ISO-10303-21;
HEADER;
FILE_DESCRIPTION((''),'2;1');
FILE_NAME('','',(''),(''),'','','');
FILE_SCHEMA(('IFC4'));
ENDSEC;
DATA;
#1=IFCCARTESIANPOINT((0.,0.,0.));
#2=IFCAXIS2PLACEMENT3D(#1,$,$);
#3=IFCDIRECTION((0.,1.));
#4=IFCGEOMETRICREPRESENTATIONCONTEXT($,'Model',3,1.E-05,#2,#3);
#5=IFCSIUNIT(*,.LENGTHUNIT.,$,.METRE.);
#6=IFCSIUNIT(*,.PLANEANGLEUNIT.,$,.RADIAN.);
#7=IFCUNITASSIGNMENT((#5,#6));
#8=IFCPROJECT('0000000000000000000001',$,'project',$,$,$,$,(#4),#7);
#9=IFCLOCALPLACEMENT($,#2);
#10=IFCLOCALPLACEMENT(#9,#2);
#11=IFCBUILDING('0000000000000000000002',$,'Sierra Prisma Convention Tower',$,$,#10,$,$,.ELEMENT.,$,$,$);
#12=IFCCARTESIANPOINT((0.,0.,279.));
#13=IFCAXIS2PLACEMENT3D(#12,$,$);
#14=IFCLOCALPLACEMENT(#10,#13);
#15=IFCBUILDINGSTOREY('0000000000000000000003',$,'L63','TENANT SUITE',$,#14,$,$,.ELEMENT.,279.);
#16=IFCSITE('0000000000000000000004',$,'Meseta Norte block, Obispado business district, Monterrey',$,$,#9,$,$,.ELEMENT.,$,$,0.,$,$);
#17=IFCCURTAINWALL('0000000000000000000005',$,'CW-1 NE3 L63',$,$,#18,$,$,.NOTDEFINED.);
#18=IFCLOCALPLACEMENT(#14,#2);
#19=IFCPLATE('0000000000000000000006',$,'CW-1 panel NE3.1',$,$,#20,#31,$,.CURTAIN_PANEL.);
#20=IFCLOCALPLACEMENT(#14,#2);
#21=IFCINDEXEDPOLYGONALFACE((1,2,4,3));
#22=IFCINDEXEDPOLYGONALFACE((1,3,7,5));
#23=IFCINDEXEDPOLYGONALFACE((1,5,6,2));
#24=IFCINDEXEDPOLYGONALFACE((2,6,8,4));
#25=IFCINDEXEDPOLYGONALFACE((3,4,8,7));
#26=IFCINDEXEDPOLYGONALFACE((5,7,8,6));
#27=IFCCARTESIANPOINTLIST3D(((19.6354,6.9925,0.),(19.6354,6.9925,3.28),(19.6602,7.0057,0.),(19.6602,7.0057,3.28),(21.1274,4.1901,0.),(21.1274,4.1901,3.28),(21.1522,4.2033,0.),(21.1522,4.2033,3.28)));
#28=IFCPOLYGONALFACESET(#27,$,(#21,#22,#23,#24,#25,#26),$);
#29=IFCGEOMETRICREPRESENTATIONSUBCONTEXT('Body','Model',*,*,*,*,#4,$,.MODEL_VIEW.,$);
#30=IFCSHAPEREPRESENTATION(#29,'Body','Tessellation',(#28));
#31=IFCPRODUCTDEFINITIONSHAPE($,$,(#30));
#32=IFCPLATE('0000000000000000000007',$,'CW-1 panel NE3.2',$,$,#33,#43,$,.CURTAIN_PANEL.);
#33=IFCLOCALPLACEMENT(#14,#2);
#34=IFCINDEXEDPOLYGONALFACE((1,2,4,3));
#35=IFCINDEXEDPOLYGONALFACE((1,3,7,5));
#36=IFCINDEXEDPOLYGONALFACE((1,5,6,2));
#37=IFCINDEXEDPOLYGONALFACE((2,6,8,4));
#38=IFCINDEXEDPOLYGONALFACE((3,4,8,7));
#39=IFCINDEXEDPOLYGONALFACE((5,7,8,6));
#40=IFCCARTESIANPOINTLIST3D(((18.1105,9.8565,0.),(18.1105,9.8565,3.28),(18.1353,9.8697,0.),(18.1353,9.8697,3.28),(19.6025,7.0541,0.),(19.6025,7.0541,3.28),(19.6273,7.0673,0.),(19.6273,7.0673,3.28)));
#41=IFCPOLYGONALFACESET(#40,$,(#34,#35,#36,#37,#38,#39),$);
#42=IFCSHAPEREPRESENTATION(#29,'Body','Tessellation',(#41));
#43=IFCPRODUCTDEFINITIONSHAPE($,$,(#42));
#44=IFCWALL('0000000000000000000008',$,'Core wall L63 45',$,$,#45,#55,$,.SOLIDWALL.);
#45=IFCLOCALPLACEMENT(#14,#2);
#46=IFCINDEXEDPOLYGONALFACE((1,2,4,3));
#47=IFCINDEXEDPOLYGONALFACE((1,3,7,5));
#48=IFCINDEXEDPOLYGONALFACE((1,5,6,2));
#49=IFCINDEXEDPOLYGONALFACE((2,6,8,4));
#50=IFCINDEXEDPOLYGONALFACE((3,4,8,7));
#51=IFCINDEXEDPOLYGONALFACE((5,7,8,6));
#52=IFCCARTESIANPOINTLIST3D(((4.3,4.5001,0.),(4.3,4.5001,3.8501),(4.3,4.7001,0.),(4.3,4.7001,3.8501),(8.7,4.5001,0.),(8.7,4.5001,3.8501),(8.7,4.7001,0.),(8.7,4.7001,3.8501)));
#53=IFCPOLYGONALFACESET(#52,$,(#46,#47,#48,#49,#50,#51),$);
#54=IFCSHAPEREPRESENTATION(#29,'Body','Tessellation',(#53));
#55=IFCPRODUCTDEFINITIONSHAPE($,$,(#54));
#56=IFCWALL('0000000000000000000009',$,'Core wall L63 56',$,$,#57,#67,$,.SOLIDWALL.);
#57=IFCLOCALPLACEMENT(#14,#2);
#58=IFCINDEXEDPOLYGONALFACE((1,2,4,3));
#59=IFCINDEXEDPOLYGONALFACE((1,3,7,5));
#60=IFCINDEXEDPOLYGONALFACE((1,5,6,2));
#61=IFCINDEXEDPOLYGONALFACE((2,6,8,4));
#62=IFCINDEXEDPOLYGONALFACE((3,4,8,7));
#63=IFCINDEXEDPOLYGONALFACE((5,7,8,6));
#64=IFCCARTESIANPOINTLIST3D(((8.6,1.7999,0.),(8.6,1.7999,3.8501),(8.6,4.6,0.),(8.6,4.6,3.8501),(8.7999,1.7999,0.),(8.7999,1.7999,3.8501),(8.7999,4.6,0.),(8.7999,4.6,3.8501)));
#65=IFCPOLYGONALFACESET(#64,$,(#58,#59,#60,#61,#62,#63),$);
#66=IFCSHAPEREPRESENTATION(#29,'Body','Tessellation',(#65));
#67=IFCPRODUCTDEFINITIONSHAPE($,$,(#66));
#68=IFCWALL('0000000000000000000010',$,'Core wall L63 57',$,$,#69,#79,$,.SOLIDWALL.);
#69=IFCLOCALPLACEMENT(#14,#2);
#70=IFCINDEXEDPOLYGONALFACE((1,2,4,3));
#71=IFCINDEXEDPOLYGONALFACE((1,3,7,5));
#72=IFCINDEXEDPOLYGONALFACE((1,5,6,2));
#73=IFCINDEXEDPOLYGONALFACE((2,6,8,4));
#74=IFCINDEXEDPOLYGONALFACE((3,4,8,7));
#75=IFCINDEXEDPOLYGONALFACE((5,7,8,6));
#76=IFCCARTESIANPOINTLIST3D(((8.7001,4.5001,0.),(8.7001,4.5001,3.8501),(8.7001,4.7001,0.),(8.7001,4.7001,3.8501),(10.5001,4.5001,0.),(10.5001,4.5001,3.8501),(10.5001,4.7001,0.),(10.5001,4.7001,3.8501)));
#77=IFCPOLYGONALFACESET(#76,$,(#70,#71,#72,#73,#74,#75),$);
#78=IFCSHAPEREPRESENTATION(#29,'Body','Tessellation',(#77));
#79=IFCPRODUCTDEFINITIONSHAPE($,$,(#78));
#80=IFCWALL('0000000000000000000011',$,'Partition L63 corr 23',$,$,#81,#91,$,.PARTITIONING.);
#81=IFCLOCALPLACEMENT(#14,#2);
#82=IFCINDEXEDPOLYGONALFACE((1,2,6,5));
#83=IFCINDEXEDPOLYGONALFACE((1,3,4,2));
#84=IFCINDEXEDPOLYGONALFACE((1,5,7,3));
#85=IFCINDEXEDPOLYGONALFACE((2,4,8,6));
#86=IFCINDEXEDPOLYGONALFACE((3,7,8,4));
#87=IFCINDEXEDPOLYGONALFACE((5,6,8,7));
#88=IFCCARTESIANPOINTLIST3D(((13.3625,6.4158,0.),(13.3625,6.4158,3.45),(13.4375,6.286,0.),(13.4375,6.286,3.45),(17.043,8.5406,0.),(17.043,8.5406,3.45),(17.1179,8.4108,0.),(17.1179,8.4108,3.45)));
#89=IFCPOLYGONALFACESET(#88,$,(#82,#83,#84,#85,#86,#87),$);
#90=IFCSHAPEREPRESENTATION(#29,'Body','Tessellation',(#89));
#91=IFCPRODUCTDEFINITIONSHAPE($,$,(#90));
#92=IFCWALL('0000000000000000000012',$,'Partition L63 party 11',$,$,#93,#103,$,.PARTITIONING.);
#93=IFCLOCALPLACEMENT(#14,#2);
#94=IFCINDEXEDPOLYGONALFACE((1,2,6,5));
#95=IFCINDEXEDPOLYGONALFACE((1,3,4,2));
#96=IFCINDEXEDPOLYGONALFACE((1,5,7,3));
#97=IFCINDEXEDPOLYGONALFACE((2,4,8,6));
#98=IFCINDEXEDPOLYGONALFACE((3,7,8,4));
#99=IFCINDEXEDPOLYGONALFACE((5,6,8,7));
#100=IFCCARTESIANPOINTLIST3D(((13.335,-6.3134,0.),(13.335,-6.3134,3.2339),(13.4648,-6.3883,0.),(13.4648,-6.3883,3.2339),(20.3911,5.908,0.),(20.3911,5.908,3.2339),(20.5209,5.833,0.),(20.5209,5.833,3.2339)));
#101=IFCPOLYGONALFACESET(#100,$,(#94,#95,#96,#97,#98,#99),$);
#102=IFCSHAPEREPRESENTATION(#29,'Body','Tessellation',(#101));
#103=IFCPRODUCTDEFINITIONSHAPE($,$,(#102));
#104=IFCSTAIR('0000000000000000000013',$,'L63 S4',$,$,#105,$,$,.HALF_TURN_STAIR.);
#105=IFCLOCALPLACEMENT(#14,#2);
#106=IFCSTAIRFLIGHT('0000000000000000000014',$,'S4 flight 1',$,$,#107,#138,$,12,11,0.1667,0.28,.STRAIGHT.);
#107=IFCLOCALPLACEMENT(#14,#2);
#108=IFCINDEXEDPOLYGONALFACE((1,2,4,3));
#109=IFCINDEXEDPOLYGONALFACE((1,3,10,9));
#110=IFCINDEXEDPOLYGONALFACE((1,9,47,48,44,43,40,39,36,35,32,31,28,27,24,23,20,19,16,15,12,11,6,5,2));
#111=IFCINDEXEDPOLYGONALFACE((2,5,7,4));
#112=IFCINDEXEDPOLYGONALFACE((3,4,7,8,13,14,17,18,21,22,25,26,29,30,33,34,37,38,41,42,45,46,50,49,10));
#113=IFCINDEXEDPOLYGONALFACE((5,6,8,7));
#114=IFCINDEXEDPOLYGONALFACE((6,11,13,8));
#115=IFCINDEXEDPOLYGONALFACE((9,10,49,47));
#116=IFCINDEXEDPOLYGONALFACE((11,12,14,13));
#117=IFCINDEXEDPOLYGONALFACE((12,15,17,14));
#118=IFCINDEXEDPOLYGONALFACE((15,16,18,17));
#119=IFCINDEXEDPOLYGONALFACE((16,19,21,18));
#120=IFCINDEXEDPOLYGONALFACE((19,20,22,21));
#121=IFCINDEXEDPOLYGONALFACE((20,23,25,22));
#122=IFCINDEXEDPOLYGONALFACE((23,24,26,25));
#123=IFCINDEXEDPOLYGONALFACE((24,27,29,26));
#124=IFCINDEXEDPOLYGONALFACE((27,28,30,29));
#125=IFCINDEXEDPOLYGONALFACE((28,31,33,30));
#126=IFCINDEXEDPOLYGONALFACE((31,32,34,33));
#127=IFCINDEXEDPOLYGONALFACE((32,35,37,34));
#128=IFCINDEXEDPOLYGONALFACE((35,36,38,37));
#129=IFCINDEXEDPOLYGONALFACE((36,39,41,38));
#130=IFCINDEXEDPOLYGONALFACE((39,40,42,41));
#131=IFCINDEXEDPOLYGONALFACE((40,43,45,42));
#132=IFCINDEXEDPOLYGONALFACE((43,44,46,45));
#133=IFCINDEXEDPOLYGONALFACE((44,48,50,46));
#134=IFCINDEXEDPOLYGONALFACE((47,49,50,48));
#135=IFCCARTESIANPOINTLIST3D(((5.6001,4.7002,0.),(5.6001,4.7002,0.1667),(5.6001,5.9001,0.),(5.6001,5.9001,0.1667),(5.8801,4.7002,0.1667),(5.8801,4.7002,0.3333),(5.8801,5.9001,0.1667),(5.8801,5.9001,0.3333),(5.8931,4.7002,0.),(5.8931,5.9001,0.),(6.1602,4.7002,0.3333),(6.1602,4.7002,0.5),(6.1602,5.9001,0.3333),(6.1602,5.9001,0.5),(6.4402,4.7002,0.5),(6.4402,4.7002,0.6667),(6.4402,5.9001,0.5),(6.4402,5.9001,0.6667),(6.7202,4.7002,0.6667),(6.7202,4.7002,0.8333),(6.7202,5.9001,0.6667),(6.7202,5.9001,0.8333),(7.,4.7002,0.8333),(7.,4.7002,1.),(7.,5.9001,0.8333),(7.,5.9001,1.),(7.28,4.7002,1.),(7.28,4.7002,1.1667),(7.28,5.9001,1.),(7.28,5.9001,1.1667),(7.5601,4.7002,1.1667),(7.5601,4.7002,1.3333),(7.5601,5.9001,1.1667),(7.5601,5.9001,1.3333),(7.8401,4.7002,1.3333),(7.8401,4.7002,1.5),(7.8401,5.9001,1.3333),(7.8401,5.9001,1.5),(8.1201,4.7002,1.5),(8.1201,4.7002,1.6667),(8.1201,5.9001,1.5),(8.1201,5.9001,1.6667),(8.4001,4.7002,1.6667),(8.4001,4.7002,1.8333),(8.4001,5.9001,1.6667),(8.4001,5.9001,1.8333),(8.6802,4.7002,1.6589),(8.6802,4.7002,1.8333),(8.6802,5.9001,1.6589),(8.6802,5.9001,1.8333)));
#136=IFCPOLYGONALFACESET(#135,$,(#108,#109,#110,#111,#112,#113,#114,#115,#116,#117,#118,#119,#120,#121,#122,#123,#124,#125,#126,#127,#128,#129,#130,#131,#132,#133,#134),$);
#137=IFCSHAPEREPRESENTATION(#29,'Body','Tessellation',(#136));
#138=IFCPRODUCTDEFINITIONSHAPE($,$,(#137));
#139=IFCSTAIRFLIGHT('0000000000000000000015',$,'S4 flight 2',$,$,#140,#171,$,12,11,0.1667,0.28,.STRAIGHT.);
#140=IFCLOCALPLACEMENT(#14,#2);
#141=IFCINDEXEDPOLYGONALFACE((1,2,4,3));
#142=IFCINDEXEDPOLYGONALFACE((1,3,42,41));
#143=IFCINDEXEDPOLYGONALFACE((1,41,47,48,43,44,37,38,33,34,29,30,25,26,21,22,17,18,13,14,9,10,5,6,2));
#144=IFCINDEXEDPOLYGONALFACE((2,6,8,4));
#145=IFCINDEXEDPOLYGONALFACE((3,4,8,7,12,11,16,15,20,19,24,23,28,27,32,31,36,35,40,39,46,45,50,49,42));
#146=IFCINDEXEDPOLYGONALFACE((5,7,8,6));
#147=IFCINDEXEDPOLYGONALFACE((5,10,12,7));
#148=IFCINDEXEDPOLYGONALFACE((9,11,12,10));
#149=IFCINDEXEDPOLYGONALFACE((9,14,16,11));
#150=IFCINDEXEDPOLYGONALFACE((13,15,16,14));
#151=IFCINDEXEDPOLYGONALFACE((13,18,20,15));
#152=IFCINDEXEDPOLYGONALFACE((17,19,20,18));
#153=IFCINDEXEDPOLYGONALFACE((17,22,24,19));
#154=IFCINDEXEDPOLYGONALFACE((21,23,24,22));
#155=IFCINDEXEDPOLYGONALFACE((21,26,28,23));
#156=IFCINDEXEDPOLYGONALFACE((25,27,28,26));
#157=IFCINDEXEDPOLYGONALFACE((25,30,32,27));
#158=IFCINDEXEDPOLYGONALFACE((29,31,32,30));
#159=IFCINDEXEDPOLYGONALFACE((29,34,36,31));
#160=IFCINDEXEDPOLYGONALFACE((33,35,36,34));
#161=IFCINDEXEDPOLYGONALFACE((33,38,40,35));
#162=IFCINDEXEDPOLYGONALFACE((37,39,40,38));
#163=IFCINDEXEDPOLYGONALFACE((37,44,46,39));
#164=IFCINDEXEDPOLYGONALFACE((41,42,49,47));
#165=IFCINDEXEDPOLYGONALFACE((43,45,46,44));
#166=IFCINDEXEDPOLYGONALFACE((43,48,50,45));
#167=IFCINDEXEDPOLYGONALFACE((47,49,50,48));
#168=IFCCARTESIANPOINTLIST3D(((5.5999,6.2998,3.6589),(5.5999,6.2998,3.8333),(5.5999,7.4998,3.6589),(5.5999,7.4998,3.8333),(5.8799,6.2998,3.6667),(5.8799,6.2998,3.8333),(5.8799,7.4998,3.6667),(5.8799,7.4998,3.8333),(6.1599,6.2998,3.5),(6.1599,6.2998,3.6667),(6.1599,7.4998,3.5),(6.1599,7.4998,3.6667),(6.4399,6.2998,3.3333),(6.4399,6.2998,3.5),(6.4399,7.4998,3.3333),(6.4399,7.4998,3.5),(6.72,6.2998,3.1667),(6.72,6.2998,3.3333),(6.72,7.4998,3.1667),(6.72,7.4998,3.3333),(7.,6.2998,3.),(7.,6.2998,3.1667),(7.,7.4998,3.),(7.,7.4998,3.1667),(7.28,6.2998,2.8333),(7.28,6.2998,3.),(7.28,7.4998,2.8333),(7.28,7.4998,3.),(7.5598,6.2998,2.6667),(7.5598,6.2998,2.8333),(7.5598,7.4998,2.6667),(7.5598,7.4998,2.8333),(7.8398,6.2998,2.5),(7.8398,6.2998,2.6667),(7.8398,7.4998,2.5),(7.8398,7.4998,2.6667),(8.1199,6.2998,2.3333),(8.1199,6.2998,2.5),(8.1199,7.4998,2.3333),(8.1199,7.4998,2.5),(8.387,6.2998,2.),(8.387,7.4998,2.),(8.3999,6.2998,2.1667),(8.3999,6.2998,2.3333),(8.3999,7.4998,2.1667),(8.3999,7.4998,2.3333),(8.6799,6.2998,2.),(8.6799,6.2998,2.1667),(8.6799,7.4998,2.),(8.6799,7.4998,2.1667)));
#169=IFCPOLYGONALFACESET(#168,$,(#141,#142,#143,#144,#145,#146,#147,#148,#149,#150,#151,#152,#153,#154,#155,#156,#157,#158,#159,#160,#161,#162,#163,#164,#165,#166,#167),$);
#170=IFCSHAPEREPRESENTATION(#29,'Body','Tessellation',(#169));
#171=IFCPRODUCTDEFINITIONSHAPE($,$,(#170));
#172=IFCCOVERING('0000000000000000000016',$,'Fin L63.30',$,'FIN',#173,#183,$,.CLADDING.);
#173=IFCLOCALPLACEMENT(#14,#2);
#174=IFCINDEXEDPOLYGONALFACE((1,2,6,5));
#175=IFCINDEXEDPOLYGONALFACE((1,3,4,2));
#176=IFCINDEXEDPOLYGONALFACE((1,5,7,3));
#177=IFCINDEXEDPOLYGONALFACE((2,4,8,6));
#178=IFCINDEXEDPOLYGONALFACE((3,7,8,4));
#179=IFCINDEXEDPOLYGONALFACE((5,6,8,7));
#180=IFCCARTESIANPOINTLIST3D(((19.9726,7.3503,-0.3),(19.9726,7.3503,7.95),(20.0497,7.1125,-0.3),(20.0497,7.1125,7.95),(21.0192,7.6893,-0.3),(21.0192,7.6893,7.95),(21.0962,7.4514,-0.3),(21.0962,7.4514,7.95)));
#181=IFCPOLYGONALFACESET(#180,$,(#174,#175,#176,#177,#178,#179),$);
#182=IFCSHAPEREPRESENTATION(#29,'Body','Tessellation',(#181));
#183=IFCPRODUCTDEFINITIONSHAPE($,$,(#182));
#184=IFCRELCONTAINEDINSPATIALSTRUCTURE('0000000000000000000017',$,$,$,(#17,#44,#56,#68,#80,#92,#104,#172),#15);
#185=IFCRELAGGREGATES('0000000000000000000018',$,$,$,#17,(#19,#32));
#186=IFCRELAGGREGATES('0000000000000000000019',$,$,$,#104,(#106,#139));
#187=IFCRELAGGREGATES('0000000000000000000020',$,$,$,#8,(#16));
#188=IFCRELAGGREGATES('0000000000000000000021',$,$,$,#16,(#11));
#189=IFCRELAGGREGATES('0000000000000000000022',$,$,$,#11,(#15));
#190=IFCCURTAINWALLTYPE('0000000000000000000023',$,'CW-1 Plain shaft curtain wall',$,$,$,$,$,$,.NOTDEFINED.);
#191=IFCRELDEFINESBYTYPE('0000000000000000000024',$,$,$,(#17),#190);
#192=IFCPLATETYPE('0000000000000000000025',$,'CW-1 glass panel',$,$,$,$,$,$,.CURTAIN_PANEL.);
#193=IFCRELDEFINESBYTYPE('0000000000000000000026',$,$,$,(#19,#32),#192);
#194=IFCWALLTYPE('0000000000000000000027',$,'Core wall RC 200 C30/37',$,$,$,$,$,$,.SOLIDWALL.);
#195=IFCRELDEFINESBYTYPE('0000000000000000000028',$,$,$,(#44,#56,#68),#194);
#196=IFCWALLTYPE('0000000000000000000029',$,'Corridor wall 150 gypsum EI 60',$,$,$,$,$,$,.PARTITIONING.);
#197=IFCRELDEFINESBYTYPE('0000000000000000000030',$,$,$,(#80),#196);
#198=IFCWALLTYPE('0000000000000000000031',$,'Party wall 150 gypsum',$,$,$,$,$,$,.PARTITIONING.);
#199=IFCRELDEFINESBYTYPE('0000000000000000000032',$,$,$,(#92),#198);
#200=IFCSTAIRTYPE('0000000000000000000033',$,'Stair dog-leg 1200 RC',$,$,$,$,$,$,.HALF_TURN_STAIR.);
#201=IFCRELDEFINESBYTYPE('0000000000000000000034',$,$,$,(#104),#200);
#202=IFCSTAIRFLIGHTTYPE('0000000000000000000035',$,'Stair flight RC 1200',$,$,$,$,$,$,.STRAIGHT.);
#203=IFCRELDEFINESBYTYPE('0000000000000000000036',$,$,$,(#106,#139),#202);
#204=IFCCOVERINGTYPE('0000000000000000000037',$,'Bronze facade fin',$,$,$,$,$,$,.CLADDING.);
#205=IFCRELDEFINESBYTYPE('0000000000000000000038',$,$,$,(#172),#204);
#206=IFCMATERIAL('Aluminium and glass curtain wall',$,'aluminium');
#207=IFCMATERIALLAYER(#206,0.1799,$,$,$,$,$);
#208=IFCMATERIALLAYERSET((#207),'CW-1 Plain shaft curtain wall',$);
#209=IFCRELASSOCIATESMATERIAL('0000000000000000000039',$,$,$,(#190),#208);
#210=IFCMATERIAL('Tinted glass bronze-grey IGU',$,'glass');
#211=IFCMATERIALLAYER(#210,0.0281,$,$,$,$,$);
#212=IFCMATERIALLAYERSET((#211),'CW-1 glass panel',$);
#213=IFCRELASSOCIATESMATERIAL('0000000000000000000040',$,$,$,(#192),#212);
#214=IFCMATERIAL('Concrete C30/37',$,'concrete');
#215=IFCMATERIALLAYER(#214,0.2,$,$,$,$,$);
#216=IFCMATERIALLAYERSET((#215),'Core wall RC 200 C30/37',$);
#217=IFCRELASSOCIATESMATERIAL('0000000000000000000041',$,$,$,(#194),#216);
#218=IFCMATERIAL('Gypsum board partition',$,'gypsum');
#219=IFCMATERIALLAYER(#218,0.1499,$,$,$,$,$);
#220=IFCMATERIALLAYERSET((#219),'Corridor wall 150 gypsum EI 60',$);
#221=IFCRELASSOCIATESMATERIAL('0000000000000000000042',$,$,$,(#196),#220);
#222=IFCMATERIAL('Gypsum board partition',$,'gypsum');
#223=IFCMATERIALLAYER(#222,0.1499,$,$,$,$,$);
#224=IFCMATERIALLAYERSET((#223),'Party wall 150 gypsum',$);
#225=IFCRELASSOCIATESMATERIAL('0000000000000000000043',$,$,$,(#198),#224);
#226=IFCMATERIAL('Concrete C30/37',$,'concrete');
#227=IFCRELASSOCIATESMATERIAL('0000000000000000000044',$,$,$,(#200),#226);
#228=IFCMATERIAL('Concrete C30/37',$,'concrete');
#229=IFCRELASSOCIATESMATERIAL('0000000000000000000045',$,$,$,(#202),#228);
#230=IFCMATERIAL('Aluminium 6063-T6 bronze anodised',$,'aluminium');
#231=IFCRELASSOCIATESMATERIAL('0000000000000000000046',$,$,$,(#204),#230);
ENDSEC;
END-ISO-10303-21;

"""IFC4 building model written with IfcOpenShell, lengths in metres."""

from ifc_helpers import new_model, si_unit, direction, frame, frame_2d, origin, origin_2d, place, context, subcontext, project, spatial, polyline, rectangle, outline, extrude, material, layer, layer_set, material_profile, profile_set, type_object, element, aggregate, save


model = new_model("IFC4")

# Units and contexts
model_context = context("Model", 3, precision=1e-05, world=origin(), true_north=direction((0.0, 1.0)))
body_context = subcontext(model_context, "Body", "Model", "MODEL_VIEW")
ifc_project = project(units=[si_unit("LENGTHUNIT", "METRE"), si_unit("PLANEANGLEUNIT", "RADIAN")], contexts=[model_context])

# Site, building, storey
site_placement = place(None, origin())
site = spatial("IfcSite", under=ifc_project, at=site_placement, Name="Meseta Norte block, Obispado business district, Monterrey", CompositionType="ELEMENT", RefElevation=0.0)
building_placement = place(site_placement, origin())
building = spatial("IfcBuilding", under=site, at=building_placement, Name="Sierra Prisma Convention Tower", CompositionType="ELEMENT")
storey_placement = place(building_placement, frame((0.0, 0.0, 279.0)))
storey = spatial("IfcBuildingStorey", under=building, at=storey_placement, Name="L63", Description="TENANT SUITE", CompositionType="ELEMENT", Elevation=279.0)

# Shared definitions
ifc_material_1 = material(Name="Aluminium and glass curtain wall", Category="aluminium")
ifc_layer_1 = layer(ifc_material_1, 0.1799)
ifc_layer_set_1 = layer_set([ifc_layer_1], Name="CW-1 Plain shaft curtain wall")
curtain_wall_type = type_object("IfcCurtainWallType", Name="CW-1 Plain shaft curtain wall", PredefinedType="NOTDEFINED", material=ifc_layer_set_1)

# Curtain wall
curtain_wall_1_placement = place(storey_placement, origin())
curtain_wall_1 = element("IfcCurtainWall", 1, at=curtain_wall_1_placement, inside=storey, type_object=curtain_wall_type, Name="CW-1 NE3 L63", PredefinedType="NOTDEFINED")

# Plates
ifc_material_2 = material(Name="Tinted glass bronze-grey IGU", Category="glass")
ifc_layer_2 = layer(ifc_material_2, 0.0281)
ifc_layer_set_2 = layer_set([ifc_layer_2], Name="CW-1 glass panel")
plate_type = type_object("IfcPlateType", Name="CW-1 glass panel", PredefinedType="CURTAIN_PANEL", material=ifc_layer_set_2)
plate_1_placement = place(storey_placement, frame((20.3938, 5.5979, 0.0), z_axis=(0.0, 0.0, 1.0), x_axis=(-0.469964, 0.882686, 0.0)))
plate_1 = element("IfcPlate", 2, at=plate_1_placement, type_object=plate_type, Name="CW-1 panel NE3.1", PredefinedType="CURTAIN_PANEL", context=body_context, shape_type="SweptSolid", body=[
    extrude(rectangle(XDim=3.1748, YDim=0.0281, at=origin_2d()), origin(), (0.0, 0.0, 1.0), 3.28),
])
plate_2_placement = place(storey_placement, frame((18.8689, 8.4619, 0.0), z_axis=(0.0, 0.0, 1.0), x_axis=(-0.469964, 0.882686, 0.0)))
plate_2 = element("IfcPlate", 3, at=plate_2_placement, type_object=plate_type, Name="CW-1 panel NE3.2", PredefinedType="CURTAIN_PANEL", context=body_context, shape_type="SweptSolid", body=[
    extrude(rectangle(XDim=3.1748, YDim=0.0281, at=origin_2d()), origin(), (0.0, 0.0, 1.0), 3.28),
])
aggregate(curtain_wall_1, [plate_1, plate_2])

# Wall
ifc_material_3 = material(Name="Concrete C30/37", Category="concrete")
ifc_layer_3 = layer(ifc_material_3, 0.2)
ifc_layer_set_3 = layer_set([ifc_layer_3], Name="Core wall RC 200 C30/37")
wall_type_1 = type_object("IfcWallType", Name="Core wall RC 200 C30/37", PredefinedType="SOLIDWALL", material=ifc_layer_set_3)
wall_1_placement = place(storey_placement, frame((8.7, 4.6001, 0.0), z_axis=(0.0, 0.0, 1.0), x_axis=(-1.0, 0.0, 0.0)))
element("IfcWall", 4, at=wall_1_placement, inside=storey, type_object=wall_type_1, Name="Core wall L63 45", PredefinedType="SOLIDWALL", context=body_context, shape_type="SweptSolid", body=[
    extrude(rectangle(XDim=4.3999, YDim=0.2, at=frame_2d((2.2, 0.0))), origin(), (0.0, 0.0, 1.0), 3.8501),
])

# Walls
wall_2_placement = place(storey_placement, frame((8.7, 1.8, 0.0), z_axis=(0.0, 0.0, 1.0), x_axis=(0.0, 1.0, 0.0)))
element("IfcWall", 5, at=wall_2_placement, inside=storey, type_object=wall_type_1, Name="Core wall L63 56", PredefinedType="SOLIDWALL", context=body_context, shape_type="SweptSolid", body=[
    extrude(rectangle(XDim=2.8, YDim=0.2, at=frame_2d((1.3999, 0.0))), origin(), (0.0, 0.0, 1.0), 3.8501),
])
wall_3_placement = place(storey_placement, frame((10.5, 4.6001, 0.0), z_axis=(0.0, 0.0, 1.0), x_axis=(-1.0, 0.0, 0.0)))
element("IfcWall", 6, at=wall_3_placement, inside=storey, type_object=wall_type_1, Name="Core wall L63 57", PredefinedType="SOLIDWALL", context=body_context, shape_type="SweptSolid", body=[
    extrude(rectangle(XDim=1.8, YDim=0.2, at=frame_2d((0.8999, 0.0))), origin(), (0.0, 0.0, 1.0), 3.8501),
])
ifc_material_4 = material(Name="Gypsum board partition", Category="gypsum")
ifc_layer_4 = layer(ifc_material_4, 0.1499)
ifc_layer_set_4 = layer_set([ifc_layer_4], Name="Corridor wall 150 gypsum EI 60")
wall_type_2 = type_object("IfcWallType", Name="Corridor wall 150 gypsum EI 60", PredefinedType="PARTITIONING", material=ifc_layer_set_4)
wall_4_placement = place(storey_placement, frame((13.3999, 6.3508, 0.0), z_axis=(0.0, 0.0, 1.0), x_axis=(0.866039, 0.499976, 0.0)))
element("IfcWall", 7, at=wall_4_placement, inside=storey, type_object=wall_type_2, Name="Partition L63 corr 23", PredefinedType="PARTITIONING", context=body_context, shape_type="SweptSolid", body=[
    extrude(rectangle(XDim=4.2498, YDim=0.1499, at=frame_2d((2.125, 0.0))), origin(), (0.0, 0.0, 1.0), 3.45),
])
ifc_material_5 = material(Name="Gypsum board partition", Category="gypsum")
ifc_layer_5 = layer(ifc_material_5, 0.1499)
ifc_layer_set_5 = layer_set([ifc_layer_5], Name="Party wall 150 gypsum")
wall_type_3 = type_object("IfcWallType", Name="Party wall 150 gypsum", PredefinedType="PARTITIONING", material=ifc_layer_set_5)
wall_5_placement = place(storey_placement, frame((20.4561, 5.8706, 0.0), z_axis=(0.0, 0.0, 1.0), x_axis=(-0.500005, -0.866022, 0.0)))
element("IfcWall", 8, at=wall_5_placement, inside=storey, type_object=wall_type_3, Name="Partition L63 party 11", PredefinedType="PARTITIONING", context=body_context, shape_type="SweptSolid", body=[
    extrude(rectangle(XDim=14.1121, YDim=0.1499, at=frame_2d((7.0562, 0.0))), origin(), (0.0, 0.0, 1.0), 3.2339),
])

# Stair, stair flights
ifc_material_6 = material(Name="Concrete C30/37", Category="concrete")
stair_type = type_object("IfcStairType", Name="Stair dog-leg 1200 RC", PredefinedType="HALF_TURN_STAIR", material=ifc_material_6)
stair_placement = place(storey_placement, origin())
stair = element("IfcStair", 9, at=stair_placement, inside=storey, type_object=stair_type, Name="L63 S4", PredefinedType="HALF_TURN_STAIR")
ifc_material_7 = material(Name="Concrete C30/37", Category="concrete")
stair_flight_type = type_object("IfcStairFlightType", Name="Stair flight RC 1200", PredefinedType="STRAIGHT", material=ifc_material_7)
stair_flight_1_placement = place(storey_placement, frame((5.6001, 5.3, 0.0), z_axis=(0.0, 0.0, 1.0), x_axis=(1.0, 0.0, 0.0)))
stair_flight_1 = element("IfcStairFlight", 10, at=stair_flight_1_placement, type_object=stair_flight_type, Name="S4 flight 1", NumberOfRisers=12, NumberOfTreads=11, PredefinedType="STRAIGHT", RiserHeight=0.1667, TreadLength=0.28, context=body_context, shape_type="SweptSolid", body=[
    extrude(outline(polyline([(0.0, 0.0), (0.0, 0.1667), (0.28, 0.1667), (0.28, 0.3333), (0.5601, 0.3333), (0.5601, 0.5), (0.8401, 0.5), (0.8401, 0.6667), (1.1201, 0.6667), (1.1201, 0.8333), (1.3999, 0.8333), (1.3999, 1.0), (1.6799, 1.0), (1.6799, 1.1667), (1.96, 1.1667), (1.96, 1.3333), (2.24, 1.3333), (2.24, 1.5), (2.52, 1.5), (2.52, 1.6667), (2.8, 1.6667), (2.8, 1.8333), (3.0801, 1.8333), (3.0801, 2.0), (3.0801, 1.6589), (0.293, 0.0), (0.0, 0.0)])), frame((0.0, 0.6001, 0.0), z_axis=(0.0, -1.0, 0.0), x_axis=(1.0, 0.0, 0.0)), (0.0, 0.0, 1.0), 1.2),
])
stair_flight_2_placement = place(storey_placement, frame((8.6799, 6.8999, 2.0), z_axis=(0.0, 0.0, 1.0), x_axis=(-1.0, 0.0, 0.0)))
stair_flight_2 = element("IfcStairFlight", 11, at=stair_flight_2_placement, type_object=stair_flight_type, Name="S4 flight 2", NumberOfRisers=12, NumberOfTreads=11, PredefinedType="STRAIGHT", RiserHeight=0.1667, TreadLength=0.28, context=body_context, shape_type="SweptSolid", body=[
    extrude(outline(polyline([(0.0, 0.0), (0.0, 0.1667), (0.28, 0.1667), (0.28, 0.3333), (0.5601, 0.3333), (0.5601, 0.5), (0.8401, 0.5), (0.8401, 0.6667), (1.1201, 0.6667), (1.1201, 0.8333), (1.3999, 0.8333), (1.3999, 1.0), (1.6799, 1.0), (1.6799, 1.1667), (1.96, 1.1667), (1.96, 1.3333), (2.24, 1.3333), (2.24, 1.5), (2.52, 1.5), (2.52, 1.6667), (2.8, 1.6667), (2.8, 1.8333), (3.0801, 1.8333), (3.0801, 2.0), (3.0801, 1.6589), (0.293, 0.0), (0.0, 0.0)])), frame((0.0, 0.6001, 0.0), z_axis=(0.0, -1.0, 0.0), x_axis=(1.0, 0.0, 0.0)), (0.0, 0.0, 1.0), 1.2),
])
aggregate(stair, [stair_flight_1, stair_flight_2])

# Covering
ifc_material_8 = material(Name="Aluminium 6063-T6 bronze anodised", Category="aluminium")
ifc_material_profile_1 = material_profile(ifc_material_8, rectangle(XDim=1.1001, YDim=0.25, at=origin_2d()), Name="ALU FIN 1100x250")
ifc_profile_set_1 = profile_set([ifc_material_profile_1], Name="Aluminium 6063-T6 bronze anodised")
covering_type = type_object("IfcCoveringType", Name="Bronze facade fin", PredefinedType="CLADDING", material=ifc_profile_set_1)
covering_placement = place(storey_placement, frame((20.5344, 7.4009, -0.3), z_axis=(0.0, 0.0, 1.0), x_axis=(0.951345, 0.308127, 0.0)))
element("IfcCovering", 12, at=covering_placement, inside=storey, type_object=covering_type, Name="Fin L63.30", ObjectType="FIN", PredefinedType="CLADDING", context=body_context, shape_type="SweptSolid", body=[
    extrude(rectangle(XDim=1.1001, YDim=0.25, at=origin_2d()), origin(), (0.0, 0.0, 1.0), 8.25),
])

save(model, "model.ifc")
